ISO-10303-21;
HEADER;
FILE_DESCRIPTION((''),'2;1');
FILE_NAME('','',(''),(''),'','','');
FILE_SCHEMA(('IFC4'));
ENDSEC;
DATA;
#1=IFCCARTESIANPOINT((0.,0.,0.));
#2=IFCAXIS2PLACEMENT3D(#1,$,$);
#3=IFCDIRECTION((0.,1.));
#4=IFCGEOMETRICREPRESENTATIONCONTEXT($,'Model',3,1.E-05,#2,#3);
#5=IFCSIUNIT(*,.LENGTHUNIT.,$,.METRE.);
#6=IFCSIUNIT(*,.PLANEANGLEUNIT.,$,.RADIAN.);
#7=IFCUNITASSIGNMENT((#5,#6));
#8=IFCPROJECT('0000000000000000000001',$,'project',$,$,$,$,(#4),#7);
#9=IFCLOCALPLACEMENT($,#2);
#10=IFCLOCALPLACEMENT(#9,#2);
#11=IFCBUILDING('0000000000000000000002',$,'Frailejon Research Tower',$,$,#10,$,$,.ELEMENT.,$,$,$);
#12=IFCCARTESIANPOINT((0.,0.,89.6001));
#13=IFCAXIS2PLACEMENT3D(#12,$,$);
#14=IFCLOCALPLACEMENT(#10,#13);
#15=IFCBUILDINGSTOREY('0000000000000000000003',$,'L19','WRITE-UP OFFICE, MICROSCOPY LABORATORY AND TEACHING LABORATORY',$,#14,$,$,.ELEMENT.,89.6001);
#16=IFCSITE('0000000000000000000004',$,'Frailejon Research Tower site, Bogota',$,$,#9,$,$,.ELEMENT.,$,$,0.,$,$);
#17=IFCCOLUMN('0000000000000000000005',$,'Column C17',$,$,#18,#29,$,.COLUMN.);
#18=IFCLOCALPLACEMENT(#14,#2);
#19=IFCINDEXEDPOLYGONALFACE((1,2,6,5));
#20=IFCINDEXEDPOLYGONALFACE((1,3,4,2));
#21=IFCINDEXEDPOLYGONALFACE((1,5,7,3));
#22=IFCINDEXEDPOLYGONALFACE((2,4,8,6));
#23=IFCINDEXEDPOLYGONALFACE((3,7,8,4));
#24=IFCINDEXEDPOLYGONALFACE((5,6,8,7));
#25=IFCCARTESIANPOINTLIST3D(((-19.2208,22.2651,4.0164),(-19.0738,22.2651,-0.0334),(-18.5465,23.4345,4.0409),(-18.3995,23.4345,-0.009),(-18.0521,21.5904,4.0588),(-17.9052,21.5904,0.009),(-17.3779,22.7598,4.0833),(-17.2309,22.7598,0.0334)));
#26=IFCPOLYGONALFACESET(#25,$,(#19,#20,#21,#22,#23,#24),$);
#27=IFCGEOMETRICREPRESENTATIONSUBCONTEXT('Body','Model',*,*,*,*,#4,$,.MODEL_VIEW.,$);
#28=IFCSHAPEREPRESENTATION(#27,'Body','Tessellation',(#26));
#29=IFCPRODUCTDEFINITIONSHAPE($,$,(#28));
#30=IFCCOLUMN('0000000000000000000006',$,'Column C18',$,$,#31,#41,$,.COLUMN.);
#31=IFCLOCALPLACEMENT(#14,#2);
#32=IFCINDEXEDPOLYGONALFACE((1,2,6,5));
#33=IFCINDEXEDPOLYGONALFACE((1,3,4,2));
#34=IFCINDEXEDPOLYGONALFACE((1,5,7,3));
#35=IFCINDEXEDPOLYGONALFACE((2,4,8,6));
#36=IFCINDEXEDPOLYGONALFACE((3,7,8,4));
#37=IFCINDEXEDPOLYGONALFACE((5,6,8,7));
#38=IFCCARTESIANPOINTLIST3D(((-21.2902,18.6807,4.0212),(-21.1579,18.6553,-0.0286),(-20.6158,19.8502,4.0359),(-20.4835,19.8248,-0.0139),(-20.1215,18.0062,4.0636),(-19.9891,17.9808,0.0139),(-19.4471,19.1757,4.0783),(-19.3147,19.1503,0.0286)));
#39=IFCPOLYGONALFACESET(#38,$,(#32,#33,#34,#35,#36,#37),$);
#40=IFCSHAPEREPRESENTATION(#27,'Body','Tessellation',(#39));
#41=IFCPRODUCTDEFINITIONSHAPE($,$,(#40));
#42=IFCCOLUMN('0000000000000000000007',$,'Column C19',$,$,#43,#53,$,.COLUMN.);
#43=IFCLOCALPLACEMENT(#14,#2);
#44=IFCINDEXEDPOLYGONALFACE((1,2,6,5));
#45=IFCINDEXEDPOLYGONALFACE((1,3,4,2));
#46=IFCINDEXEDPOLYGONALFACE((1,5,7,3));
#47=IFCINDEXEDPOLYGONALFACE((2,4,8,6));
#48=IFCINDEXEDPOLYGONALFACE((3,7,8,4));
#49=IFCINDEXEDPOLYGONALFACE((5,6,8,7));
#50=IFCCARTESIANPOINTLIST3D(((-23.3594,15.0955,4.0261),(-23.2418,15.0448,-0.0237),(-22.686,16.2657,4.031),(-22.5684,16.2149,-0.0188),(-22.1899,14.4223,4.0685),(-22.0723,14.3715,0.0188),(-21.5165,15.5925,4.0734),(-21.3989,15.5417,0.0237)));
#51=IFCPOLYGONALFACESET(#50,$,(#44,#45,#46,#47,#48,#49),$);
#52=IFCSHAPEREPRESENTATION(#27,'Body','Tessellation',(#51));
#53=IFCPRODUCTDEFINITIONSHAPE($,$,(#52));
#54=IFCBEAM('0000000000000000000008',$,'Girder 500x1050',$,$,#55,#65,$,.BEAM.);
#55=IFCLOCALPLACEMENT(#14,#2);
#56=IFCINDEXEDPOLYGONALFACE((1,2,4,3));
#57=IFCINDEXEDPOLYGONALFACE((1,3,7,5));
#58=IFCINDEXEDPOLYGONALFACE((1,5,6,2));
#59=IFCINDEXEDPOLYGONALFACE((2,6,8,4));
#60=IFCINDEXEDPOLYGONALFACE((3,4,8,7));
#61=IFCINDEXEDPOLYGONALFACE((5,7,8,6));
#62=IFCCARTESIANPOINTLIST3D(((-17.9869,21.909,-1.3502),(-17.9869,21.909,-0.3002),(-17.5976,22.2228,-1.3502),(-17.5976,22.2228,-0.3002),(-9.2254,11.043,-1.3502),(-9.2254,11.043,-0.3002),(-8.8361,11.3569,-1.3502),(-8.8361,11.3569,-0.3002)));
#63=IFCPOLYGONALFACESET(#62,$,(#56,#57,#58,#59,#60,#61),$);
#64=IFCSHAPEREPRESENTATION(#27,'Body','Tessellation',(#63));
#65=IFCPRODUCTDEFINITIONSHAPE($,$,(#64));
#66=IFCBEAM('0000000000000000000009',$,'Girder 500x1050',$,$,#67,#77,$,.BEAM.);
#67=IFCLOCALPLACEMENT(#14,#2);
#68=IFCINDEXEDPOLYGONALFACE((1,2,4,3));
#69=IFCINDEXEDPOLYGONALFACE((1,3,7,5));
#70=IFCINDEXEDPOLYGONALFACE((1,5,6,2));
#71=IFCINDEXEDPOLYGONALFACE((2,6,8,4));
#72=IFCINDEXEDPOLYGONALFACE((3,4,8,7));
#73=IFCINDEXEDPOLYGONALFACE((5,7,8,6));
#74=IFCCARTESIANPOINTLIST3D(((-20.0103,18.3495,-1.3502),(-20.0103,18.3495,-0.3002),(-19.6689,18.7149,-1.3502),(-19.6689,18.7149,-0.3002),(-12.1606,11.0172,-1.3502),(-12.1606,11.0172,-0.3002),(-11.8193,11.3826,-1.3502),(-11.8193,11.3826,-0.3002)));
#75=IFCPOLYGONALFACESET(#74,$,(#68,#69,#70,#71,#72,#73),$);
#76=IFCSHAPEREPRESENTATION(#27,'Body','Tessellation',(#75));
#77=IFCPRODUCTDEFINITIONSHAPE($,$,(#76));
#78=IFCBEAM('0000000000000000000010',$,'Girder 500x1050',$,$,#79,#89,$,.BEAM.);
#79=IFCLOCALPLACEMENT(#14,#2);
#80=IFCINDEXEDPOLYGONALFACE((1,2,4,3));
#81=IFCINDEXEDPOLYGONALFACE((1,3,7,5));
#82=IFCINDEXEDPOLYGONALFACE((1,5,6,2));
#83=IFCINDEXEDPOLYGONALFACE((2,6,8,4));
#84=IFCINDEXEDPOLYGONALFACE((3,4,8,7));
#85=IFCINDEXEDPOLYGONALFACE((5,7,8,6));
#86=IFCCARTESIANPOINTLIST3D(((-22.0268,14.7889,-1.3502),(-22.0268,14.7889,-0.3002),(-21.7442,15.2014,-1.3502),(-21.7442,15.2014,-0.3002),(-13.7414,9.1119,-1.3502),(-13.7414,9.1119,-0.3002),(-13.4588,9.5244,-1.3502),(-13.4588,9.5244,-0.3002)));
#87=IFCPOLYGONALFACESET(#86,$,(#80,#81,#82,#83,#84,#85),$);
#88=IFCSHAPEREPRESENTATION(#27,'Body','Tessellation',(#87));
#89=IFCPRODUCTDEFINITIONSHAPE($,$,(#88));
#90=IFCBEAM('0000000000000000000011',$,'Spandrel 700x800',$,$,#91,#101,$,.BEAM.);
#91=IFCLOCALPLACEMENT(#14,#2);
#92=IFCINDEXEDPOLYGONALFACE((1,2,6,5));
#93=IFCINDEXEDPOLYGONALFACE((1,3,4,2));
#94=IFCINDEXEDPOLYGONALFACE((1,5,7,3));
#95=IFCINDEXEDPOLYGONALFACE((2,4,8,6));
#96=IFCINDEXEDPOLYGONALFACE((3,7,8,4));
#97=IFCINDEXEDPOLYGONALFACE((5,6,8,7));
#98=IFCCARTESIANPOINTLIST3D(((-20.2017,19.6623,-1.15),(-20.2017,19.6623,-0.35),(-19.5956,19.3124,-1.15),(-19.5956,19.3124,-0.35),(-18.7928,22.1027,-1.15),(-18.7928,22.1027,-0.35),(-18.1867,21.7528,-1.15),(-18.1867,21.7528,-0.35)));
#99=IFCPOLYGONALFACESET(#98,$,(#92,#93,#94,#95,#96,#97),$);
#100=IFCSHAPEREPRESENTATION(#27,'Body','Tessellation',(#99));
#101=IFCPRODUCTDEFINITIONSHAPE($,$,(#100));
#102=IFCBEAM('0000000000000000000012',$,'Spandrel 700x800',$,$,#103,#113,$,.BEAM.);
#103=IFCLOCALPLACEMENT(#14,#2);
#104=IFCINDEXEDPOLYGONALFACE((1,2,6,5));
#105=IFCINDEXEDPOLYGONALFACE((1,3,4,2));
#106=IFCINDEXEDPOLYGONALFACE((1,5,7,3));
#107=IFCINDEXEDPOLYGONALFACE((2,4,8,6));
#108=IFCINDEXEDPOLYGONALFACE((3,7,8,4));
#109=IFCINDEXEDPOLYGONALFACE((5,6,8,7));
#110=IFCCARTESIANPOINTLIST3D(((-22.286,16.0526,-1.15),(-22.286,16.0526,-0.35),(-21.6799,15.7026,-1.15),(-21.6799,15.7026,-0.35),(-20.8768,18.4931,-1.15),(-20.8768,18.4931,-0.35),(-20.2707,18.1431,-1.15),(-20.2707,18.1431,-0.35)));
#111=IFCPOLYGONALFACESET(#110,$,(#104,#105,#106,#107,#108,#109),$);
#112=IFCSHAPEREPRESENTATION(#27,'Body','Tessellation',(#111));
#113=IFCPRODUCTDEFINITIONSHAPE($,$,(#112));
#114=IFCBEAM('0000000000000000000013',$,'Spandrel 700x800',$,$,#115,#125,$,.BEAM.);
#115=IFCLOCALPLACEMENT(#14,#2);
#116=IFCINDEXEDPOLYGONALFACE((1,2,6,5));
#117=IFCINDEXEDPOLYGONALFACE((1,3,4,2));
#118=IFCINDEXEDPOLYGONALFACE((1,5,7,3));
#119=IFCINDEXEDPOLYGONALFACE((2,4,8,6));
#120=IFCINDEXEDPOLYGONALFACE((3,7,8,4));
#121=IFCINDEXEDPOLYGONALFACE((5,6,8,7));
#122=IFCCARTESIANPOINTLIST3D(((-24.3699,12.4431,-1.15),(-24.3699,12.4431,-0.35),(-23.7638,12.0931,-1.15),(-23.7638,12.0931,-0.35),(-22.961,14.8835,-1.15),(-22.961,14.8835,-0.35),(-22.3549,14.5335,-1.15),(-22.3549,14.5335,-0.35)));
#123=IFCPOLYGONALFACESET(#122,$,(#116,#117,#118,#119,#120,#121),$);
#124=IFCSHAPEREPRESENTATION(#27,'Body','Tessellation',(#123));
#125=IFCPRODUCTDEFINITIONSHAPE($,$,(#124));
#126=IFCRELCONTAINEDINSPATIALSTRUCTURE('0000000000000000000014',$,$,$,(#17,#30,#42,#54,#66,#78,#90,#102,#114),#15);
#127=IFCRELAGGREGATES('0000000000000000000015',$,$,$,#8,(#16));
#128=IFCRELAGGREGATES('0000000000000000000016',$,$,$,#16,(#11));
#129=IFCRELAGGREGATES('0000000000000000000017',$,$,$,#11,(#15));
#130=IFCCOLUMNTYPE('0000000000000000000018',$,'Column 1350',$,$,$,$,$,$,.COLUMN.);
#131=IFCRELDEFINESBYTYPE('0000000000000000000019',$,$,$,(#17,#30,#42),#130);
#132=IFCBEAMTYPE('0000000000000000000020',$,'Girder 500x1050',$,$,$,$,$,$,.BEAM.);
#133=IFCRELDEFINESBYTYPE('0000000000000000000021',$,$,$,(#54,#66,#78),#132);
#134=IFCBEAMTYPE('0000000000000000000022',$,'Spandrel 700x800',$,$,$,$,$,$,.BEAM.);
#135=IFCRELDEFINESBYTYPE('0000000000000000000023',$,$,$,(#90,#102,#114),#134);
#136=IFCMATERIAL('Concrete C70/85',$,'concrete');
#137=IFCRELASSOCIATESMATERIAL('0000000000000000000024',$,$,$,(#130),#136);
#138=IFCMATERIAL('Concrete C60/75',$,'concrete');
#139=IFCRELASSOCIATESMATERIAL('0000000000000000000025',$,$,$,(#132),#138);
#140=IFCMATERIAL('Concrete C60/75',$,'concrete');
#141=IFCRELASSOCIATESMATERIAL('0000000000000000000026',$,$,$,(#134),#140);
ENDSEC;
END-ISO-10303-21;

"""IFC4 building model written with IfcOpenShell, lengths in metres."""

from ifc_helpers import new_model, si_unit, direction, frame, origin, origin_2d, place, context, subcontext, project, spatial, rectangle, extrude, material, material_profile, profile_set, type_object, element, save


model = new_model("IFC4")

# Units and contexts
model_context = context("Model", 3, precision=1e-05, world=origin(), true_north=direction((0.0, 1.0)))
body_context = subcontext(model_context, "Body", "Model", "MODEL_VIEW")
ifc_project = project(units=[si_unit("LENGTHUNIT", "METRE"), si_unit("PLANEANGLEUNIT", "RADIAN")], contexts=[model_context])

# Site, building, storey
site_placement = place(None, origin())
site = spatial("IfcSite", under=ifc_project, at=site_placement, Name="Frailejon Research Tower site, Bogota", CompositionType="ELEMENT", RefElevation=0.0)
building_placement = place(site_placement, origin())
building = spatial("IfcBuilding", under=site, at=building_placement, Name="Frailejon Research Tower", CompositionType="ELEMENT")
storey_placement = place(building_placement, frame((0.0, 0.0, 89.6001)))
storey = spatial("IfcBuildingStorey", under=building, at=storey_placement, Name="L19", Description="WRITE-UP OFFICE, MICROSCOPY LABORATORY AND TEACHING LABORATORY", CompositionType="ELEMENT", Elevation=89.6001)

# Columns
ifc_material_1 = material(Name="Concrete C70/85", Category="concrete")
ifc_material_profile_1 = material_profile(ifc_material_1, rectangle(XDim=1.3501, YDim=1.3501, at=origin_2d()), Name="Column 1350")
ifc_profile_set_1 = profile_set([ifc_material_profile_1], Name="Concrete C70/85")
column_type = type_object("IfcColumnType", Name="Column 1350", PredefinedType="COLUMN", material=ifc_profile_set_1)
column_1_placement = place(storey_placement, frame((-18.1523, 22.5125, 0.0), z_axis=(-0.036267, 0.0, 0.999342), x_axis=(-0.499425, -0.866168, -0.018125)))
element("IfcColumn", 1, at=column_1_placement, inside=storey, type_object=column_type, Name="Column C17", PredefinedType="COLUMN", context=body_context, shape_type="SweptSolid", body=[
    extrude(rectangle(XDim=1.3501, YDim=1.3501, at=origin_2d()), origin(), (0.0, 0.0, 1.0), 4.0525),
])
column_2_placement = place(storey_placement, frame((-20.2363, 18.9028, 0.0), z_axis=(-0.032656, 0.006266, 0.999447), x_axis=(-0.49952, -0.866234, -0.01089)))
element("IfcColumn", 2, at=column_2_placement, inside=storey, type_object=column_type, Name="Column C18", PredefinedType="COLUMN", context=body_context, shape_type="SweptSolid", body=[
    extrude(rectangle(XDim=1.3501, YDim=1.3501, at=origin_2d()), origin(), (0.0, 0.0, 1.0), 4.052),
])
column_3_placement = place(storey_placement, frame((-22.3203, 15.2932, 0.0), z_axis=(-0.029043, 0.012533, 0.9995), x_axis=(-0.498795, -0.866712, -0.003626)))
element("IfcColumn", 3, at=column_3_placement, inside=storey, type_object=column_type, Name="Column C19", PredefinedType="COLUMN", context=body_context, shape_type="SweptSolid", body=[
    extrude(rectangle(XDim=1.3501, YDim=1.3501, at=origin_2d()), origin(), (0.0, 0.0, 1.0), 4.0518),
])

# Beams
ifc_material_2 = material(Name="Concrete C60/75", Category="concrete")
ifc_material_profile_2 = material_profile(ifc_material_2, rectangle(XDim=0.5, YDim=1.05, at=origin_2d()), Name="Girder 500x1050")
ifc_profile_set_2 = profile_set([ifc_material_profile_2], Name="Concrete C60/75")
beam_type_1 = type_object("IfcBeamType", Name="Girder 500x1050", PredefinedType="BEAM", material=ifc_profile_set_2)
beam_1_placement = place(storey_placement, frame((-17.7922, 22.0659, -0.8252), z_axis=(0.627692, -0.778462, 0.0), x_axis=(0.778462, 0.627692, 0.0)))
element("IfcBeam", 4, at=beam_1_placement, inside=storey, type_object=beam_type_1, Name="Girder 500x1050", PredefinedType="BEAM", context=body_context, shape_type="SweptSolid", body=[
    extrude(rectangle(XDim=0.5, YDim=1.05, at=origin_2d()), origin(), (0.0, 0.0, 1.0), 13.9583),
])
beam_2_placement = place(storey_placement, frame((-19.8396, 18.5322, -0.8252), z_axis=(0.730778, -0.682615, 0.0), x_axis=(0.682615, 0.730778, 0.0)))
element("IfcBeam", 5, at=beam_2_placement, inside=storey, type_object=beam_type_1, Name="Girder 500x1050", PredefinedType="BEAM", context=body_context, shape_type="SweptSolid", body=[
    extrude(rectangle(XDim=0.5, YDim=1.05, at=origin_2d()), origin(), (0.0, 0.0, 1.0), 10.7415),
])
beam_3_placement = place(storey_placement, frame((-21.8855, 14.9951, -0.8252), z_axis=(0.824934, -0.565229, 0.0), x_axis=(0.565229, 0.824934, 0.0)))
element("IfcBeam", 6, at=beam_3_placement, inside=storey, type_object=beam_type_1, Name="Girder 500x1050", PredefinedType="BEAM", context=body_context, shape_type="SweptSolid", body=[
    extrude(rectangle(XDim=0.5, YDim=1.05, at=origin_2d()), origin(), (0.0, 0.0, 1.0), 10.0437),
])
ifc_material_3 = material(Name="Concrete C60/75", Category="concrete")
ifc_material_profile_3 = material_profile(ifc_material_3, rectangle(XDim=0.7, YDim=0.8, at=origin_2d()), Name="Spandrel 700x800")
ifc_profile_set_3 = profile_set([ifc_material_profile_3], Name="Concrete C60/75")
beam_type_2 = type_object("IfcBeamType", Name="Spandrel 700x800", PredefinedType="BEAM", material=ifc_profile_set_3)
beam_4_placement = place(storey_placement, frame((-18.4897, 21.9277, -0.75), z_axis=(-0.499987, -0.866033, 0.0), x_axis=(0.866033, -0.499987, 0.0)))
element("IfcBeam", 7, at=beam_4_placement, inside=storey, type_object=beam_type_2, Name="Spandrel 700x800", PredefinedType="BEAM", context=body_context, shape_type="SweptSolid", body=[
    extrude(rectangle(XDim=0.7, YDim=0.8, at=origin_2d()), origin(), (0.0, 0.0, 1.0), 2.8179),
])
beam_5_placement = place(storey_placement, frame((-20.5737, 18.3181, -0.75), z_axis=(-0.500052, -0.865995, 0.0), x_axis=(0.865995, -0.500052, 0.0)))
element("IfcBeam", 8, at=beam_5_placement, inside=storey, type_object=beam_type_2, Name="Spandrel 700x800", PredefinedType="BEAM", context=body_context, shape_type="SweptSolid", body=[
    extrude(rectangle(XDim=0.7, YDim=0.8, at=origin_2d()), origin(), (0.0, 0.0, 1.0), 2.8181),
])
beam_6_placement = place(storey_placement, frame((-22.658, 14.7085, -0.75), z_axis=(-0.499987, -0.866033, 0.0), x_axis=(0.866033, -0.499987, 0.0)))
element("IfcBeam", 9, at=beam_6_placement, inside=storey, type_object=beam_type_2, Name="Spandrel 700x800", PredefinedType="BEAM", context=body_context, shape_type="SweptSolid", body=[
    extrude(rectangle(XDim=0.7, YDim=0.8, at=origin_2d()), origin(), (0.0, 0.0, 1.0), 2.8179),
])

save(model, "model.ifc")
